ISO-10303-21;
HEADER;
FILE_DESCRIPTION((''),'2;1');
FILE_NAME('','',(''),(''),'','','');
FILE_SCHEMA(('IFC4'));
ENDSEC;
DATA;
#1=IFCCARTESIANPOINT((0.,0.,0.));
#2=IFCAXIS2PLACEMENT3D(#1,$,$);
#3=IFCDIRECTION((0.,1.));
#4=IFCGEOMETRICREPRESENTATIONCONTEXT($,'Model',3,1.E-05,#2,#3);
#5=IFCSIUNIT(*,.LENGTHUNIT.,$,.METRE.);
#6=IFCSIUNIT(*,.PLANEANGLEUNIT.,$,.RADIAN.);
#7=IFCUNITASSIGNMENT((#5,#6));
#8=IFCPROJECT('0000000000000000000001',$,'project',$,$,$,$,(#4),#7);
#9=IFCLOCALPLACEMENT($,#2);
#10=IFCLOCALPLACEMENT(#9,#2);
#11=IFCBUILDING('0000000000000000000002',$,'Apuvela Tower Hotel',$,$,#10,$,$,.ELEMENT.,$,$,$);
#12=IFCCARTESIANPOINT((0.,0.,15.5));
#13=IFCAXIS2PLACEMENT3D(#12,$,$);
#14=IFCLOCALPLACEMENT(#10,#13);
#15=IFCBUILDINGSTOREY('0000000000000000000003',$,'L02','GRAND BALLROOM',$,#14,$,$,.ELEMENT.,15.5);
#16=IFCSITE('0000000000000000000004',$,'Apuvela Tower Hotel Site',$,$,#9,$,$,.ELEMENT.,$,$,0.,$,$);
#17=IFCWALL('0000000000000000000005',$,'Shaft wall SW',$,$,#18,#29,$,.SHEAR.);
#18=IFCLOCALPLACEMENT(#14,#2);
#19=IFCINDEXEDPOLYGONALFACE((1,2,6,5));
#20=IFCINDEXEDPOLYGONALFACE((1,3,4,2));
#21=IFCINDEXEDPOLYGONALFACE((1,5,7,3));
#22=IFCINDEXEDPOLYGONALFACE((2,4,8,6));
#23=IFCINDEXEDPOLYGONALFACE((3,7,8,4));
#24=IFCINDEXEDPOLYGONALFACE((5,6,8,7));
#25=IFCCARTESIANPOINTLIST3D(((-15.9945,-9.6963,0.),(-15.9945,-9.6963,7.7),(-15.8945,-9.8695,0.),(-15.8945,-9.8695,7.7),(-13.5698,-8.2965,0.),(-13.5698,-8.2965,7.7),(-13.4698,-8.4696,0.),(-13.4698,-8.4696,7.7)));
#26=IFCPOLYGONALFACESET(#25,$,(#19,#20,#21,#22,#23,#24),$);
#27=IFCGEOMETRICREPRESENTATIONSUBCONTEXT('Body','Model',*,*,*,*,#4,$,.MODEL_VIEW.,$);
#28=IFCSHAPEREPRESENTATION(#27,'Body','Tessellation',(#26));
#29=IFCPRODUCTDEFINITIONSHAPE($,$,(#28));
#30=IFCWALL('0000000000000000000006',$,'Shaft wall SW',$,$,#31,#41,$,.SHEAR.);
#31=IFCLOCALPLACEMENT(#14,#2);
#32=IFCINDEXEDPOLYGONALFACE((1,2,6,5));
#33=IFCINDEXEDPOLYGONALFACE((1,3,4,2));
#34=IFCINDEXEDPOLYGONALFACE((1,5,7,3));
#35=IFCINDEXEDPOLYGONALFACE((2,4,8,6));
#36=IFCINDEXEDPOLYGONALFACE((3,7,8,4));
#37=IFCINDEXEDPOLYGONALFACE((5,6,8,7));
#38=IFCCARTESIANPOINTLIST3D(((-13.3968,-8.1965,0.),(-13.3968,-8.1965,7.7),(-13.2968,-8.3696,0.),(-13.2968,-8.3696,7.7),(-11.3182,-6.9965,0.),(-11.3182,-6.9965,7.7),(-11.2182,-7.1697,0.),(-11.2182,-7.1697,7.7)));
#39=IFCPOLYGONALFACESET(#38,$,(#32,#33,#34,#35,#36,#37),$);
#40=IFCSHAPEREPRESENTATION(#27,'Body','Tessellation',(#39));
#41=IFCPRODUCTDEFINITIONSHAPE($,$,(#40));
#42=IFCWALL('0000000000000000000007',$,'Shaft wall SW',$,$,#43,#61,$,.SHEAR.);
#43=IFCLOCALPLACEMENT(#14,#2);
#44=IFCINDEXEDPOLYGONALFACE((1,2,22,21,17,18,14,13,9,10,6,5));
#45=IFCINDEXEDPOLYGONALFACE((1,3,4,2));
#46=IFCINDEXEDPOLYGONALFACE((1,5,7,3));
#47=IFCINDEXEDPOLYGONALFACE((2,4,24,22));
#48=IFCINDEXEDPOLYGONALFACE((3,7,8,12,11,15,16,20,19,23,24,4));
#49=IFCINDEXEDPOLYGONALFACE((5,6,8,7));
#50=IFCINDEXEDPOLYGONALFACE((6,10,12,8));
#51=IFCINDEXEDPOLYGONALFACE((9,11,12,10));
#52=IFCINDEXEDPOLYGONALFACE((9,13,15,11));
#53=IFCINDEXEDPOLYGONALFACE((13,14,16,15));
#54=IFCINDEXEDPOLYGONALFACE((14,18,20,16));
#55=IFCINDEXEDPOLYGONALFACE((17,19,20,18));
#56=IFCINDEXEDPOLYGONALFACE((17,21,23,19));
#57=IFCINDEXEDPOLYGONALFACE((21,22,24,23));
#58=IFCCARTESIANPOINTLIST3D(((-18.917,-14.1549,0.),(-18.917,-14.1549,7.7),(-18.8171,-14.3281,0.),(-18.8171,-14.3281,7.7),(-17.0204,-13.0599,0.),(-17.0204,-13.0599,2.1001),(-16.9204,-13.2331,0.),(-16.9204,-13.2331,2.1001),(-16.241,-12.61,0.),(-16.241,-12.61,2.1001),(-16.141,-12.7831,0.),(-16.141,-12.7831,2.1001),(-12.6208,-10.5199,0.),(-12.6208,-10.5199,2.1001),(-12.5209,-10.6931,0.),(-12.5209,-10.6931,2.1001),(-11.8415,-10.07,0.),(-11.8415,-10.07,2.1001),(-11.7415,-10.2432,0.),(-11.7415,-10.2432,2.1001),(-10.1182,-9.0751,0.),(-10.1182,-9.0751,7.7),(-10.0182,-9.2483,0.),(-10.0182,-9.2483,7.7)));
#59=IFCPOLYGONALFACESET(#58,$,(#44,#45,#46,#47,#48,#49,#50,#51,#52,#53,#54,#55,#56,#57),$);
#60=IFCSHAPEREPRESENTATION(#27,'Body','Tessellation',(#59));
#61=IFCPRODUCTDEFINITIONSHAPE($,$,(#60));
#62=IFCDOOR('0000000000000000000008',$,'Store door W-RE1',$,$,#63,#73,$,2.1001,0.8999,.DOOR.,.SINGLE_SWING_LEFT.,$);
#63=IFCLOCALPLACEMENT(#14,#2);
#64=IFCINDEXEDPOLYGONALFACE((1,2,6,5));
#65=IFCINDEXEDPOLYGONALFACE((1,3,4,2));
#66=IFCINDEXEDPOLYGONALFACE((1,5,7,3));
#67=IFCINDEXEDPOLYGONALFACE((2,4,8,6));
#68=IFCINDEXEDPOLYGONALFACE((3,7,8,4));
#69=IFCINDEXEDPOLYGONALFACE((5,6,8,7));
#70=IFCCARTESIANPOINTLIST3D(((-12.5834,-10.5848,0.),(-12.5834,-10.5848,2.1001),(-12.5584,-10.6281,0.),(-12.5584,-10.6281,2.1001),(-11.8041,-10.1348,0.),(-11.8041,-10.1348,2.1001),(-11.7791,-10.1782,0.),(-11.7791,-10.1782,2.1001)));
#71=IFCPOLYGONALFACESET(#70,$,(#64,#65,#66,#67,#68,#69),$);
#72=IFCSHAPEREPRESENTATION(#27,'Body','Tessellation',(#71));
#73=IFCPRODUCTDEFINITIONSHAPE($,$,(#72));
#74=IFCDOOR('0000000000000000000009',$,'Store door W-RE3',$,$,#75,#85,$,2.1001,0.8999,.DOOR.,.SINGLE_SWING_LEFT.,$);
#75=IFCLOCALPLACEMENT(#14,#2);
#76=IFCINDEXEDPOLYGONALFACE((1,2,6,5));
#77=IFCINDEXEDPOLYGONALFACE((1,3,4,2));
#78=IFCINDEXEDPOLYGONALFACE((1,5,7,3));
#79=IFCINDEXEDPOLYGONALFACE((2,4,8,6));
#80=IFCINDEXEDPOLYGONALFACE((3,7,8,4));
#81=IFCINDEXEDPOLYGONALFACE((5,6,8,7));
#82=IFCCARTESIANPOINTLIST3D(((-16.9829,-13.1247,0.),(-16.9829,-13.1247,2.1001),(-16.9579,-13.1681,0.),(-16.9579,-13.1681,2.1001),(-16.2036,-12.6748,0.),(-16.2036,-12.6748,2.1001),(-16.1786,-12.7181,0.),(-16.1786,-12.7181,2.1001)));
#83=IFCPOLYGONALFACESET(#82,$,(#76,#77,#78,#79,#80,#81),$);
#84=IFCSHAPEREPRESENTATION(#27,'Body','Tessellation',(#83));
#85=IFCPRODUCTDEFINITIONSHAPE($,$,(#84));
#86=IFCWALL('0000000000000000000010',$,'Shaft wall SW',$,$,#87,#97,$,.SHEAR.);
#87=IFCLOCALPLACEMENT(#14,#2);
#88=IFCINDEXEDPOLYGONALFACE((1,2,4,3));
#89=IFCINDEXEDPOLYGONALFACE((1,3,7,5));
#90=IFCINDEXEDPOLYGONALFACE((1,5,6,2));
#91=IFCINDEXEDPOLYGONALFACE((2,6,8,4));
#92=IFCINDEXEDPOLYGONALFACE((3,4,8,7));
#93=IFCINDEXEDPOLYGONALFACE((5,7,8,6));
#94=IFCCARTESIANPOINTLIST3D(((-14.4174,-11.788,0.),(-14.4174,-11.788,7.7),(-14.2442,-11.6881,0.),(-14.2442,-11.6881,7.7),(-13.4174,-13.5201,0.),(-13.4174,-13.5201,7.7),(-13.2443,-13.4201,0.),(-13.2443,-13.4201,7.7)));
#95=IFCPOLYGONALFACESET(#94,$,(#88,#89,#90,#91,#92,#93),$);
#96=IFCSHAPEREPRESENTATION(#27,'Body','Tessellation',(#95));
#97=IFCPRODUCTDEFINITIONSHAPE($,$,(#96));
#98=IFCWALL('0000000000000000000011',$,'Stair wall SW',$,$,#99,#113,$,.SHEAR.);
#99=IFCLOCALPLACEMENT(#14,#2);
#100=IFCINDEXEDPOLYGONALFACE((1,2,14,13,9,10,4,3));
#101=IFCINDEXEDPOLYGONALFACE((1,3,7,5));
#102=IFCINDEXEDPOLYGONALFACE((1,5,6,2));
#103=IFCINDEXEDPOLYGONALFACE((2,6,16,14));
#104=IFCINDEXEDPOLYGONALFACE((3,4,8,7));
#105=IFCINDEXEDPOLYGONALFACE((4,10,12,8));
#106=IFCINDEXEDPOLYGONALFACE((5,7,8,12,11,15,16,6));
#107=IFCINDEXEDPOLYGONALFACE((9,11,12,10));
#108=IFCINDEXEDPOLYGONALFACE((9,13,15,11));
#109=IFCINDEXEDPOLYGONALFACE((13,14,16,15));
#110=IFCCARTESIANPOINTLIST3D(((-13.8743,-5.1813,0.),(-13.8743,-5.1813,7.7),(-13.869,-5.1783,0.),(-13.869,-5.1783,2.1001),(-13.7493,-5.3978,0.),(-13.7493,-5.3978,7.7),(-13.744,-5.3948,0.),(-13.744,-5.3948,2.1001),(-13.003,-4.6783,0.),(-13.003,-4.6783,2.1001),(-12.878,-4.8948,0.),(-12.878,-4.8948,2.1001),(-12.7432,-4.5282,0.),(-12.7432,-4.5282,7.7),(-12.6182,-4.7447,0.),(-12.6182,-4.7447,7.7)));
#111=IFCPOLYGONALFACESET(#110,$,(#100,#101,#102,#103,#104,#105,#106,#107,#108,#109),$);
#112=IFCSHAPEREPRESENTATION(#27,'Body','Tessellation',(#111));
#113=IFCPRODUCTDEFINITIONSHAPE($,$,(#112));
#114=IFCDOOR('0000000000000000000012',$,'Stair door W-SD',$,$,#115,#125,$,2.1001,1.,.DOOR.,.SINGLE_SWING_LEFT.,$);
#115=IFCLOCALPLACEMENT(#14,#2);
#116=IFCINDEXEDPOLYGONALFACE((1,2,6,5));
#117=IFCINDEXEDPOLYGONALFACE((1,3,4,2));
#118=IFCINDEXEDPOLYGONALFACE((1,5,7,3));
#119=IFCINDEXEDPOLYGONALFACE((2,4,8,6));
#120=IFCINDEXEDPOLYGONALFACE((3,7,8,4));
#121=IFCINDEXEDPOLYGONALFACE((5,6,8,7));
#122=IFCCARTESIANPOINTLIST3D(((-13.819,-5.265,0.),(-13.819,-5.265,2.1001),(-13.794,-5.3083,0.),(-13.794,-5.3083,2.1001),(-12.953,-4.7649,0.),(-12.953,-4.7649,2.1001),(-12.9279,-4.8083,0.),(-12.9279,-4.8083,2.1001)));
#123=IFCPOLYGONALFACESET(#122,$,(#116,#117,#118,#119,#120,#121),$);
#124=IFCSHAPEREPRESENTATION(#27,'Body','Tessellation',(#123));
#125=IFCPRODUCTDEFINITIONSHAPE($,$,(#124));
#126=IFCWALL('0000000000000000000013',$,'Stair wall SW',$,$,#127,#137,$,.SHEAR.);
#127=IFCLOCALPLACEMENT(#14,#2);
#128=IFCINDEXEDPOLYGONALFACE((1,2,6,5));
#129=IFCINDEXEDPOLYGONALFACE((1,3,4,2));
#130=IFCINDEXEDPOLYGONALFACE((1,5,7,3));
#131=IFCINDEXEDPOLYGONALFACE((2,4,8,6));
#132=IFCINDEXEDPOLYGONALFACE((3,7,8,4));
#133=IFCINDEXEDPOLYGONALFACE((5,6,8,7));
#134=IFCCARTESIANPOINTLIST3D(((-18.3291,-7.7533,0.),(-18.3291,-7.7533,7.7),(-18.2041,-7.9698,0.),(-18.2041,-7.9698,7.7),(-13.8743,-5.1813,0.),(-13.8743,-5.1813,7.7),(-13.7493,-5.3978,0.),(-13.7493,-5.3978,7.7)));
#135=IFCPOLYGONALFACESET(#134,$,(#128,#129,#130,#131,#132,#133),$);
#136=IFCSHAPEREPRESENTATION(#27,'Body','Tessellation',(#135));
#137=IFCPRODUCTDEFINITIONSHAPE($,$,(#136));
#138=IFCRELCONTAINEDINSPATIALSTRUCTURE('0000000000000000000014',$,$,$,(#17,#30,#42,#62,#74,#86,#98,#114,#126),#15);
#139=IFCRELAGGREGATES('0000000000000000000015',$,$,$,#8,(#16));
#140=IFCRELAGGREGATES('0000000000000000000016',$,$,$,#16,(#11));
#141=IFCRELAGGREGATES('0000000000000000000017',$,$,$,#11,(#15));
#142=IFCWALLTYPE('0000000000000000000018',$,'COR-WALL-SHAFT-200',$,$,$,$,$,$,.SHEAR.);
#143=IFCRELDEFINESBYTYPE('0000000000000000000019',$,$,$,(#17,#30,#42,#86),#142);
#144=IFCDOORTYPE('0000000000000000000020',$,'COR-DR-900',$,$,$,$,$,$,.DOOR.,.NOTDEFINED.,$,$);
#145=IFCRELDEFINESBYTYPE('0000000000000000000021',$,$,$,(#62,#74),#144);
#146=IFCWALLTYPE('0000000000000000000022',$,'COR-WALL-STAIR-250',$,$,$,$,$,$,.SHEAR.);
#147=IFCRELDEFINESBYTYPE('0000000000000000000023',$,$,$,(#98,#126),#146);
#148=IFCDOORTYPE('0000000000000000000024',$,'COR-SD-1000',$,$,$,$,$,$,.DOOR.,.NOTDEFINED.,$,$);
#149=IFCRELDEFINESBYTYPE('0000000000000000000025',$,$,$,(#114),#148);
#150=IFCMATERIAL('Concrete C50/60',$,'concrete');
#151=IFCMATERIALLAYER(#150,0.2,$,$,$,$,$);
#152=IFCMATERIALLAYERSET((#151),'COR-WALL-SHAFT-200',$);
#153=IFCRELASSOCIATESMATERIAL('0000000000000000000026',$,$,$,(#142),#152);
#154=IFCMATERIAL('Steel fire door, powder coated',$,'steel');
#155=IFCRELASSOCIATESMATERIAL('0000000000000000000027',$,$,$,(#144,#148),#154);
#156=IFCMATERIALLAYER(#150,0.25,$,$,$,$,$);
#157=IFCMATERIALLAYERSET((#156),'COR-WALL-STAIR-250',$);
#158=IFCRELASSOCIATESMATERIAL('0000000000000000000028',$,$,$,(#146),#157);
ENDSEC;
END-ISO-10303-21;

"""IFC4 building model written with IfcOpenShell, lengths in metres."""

from ifc_helpers import new_model, si_unit, direction, frame, frame_2d, origin, place, context, subcontext, project, spatial, rectangle, extrude, material, layer, layer_set, type_object, element, fill, save


model = new_model("IFC4")

# Units and contexts
model_context = context("Model", 3, precision=1e-05, world=origin(), true_north=direction((0.0, 1.0)))
body_context = subcontext(model_context, "Body", "Model", "MODEL_VIEW")
ifc_project = project(units=[si_unit("LENGTHUNIT", "METRE"), si_unit("PLANEANGLEUNIT", "RADIAN")], contexts=[model_context])

# Site, building, storey
site_placement = place(None, origin())
site = spatial("IfcSite", under=ifc_project, at=site_placement, Name="Apuvela Tower Hotel Site", CompositionType="ELEMENT", RefElevation=0.0)
building_placement = place(site_placement, origin())
building = spatial("IfcBuilding", under=site, at=building_placement, Name="Apuvela Tower Hotel", CompositionType="ELEMENT")
storey_placement = place(building_placement, frame((0.0, 0.0, 15.5)))
storey = spatial("IfcBuildingStorey", under=building, at=storey_placement, Name="L02", Description="GRAND BALLROOM", CompositionType="ELEMENT", Elevation=15.5)

# Shared definitions
ifc_material_1 = material(Name="Concrete C50/60", Category="concrete")

# Shared definitions
ifc_layer_1 = layer(ifc_material_1, 0.2)
ifc_layer_set_1 = layer_set([ifc_layer_1], Name="COR-WALL-SHAFT-200")
wall_type_1 = type_object("IfcWallType", Name="COR-WALL-SHAFT-200", PredefinedType="SHEAR", material=ifc_layer_set_1)

# Walls
wall_1_placement = place(storey_placement, frame((-13.5198, -8.3831, 0.0), z_axis=(0.0, 0.0, 1.0), x_axis=(-0.866035, -0.499984, 0.0)))
element("IfcWall", 1, at=wall_1_placement, inside=storey, type_object=wall_type_1, Name="Shaft wall SW", PredefinedType="SHEAR", context=body_context, shape_type="SweptSolid", body=[
    extrude(rectangle(XDim=2.7998, YDim=0.2, at=frame_2d((1.3999, 0.0))), origin(), (0.0, 0.0, 1.0), 7.7),
])
wall_2_placement = place(storey_placement, frame((-11.2681, -7.083, 0.0), z_axis=(0.0, 0.0, 1.0), x_axis=(-0.86605, -0.499957, 0.0)))
element("IfcWall", 2, at=wall_2_placement, inside=storey, type_object=wall_type_1, Name="Shaft wall SW", PredefinedType="SHEAR", context=body_context, shape_type="SweptSolid", body=[
    extrude(rectangle(XDim=2.4001, YDim=0.2, at=frame_2d((1.2002, 0.0))), origin(), (0.0, 0.0, 1.0), 7.7),
])

# Wall, openings, doors
wall_3_placement = place(storey_placement, frame((-10.0681, -9.1616, 0.0), z_axis=(0.0, 0.0, 1.0), x_axis=(-0.866033, -0.499987, 0.0)))
wall_3 = element("IfcWall", 3, at=wall_3_placement, inside=storey, type_object=wall_type_1, Name="Shaft wall SW", PredefinedType="SHEAR", context=body_context, shape_type="SweptSolid", body=[
    extrude(rectangle(XDim=10.1599, YDim=0.2, at=frame_2d((5.0801, 0.0))), origin(), (0.0, 0.0, 1.0), 7.7),
])
opening_1_placement = place(wall_3_placement, frame((1.99, 0.0, 0.0)))
opening_1 = element("IfcOpeningElement", 4, at=opening_1_placement, cuts=wall_3, PredefinedType="OPENING", context=body_context, shape_type="SweptSolid", body=[
    extrude(rectangle(XDim=0.8999, YDim=2.1001, at=frame_2d((0.45, 1.05))), frame((0.0, 0.1099, 0.0), z_axis=(0.0, -1.0, 0.0), x_axis=(1.0, 0.0, 0.0)), (0.0, 0.0, 1.0), 0.22),
])
opening_2_placement = place(wall_3_placement, frame((7.0701, 0.0, 0.0)))
opening_2 = element("IfcOpeningElement", 5, at=opening_2_placement, cuts=wall_3, PredefinedType="OPENING", context=body_context, shape_type="SweptSolid", body=[
    extrude(rectangle(XDim=0.8999, YDim=2.1001, at=frame_2d((0.45, 1.05))), frame((0.0, 0.1099, 0.0), z_axis=(0.0, -1.0, 0.0), x_axis=(1.0, 0.0, 0.0)), (0.0, 0.0, 1.0), 0.22),
])
ifc_material_2 = material(Name="Steel fire door, powder coated", Category="steel")
door_type_1 = type_object("IfcDoorType", Name="COR-DR-900", OperationType="NOTDEFINED", PredefinedType="DOOR", material=ifc_material_2)
door_1_placement = place(opening_1_placement, origin())
door_1 = element("IfcDoor", 6, at=door_1_placement, inside=storey, type_object=door_type_1, Name="Store door W-RE1", OperationType="SINGLE_SWING_LEFT", OverallHeight=2.1001, OverallWidth=0.8999, PredefinedType="DOOR", context=body_context, shape_type="SweptSolid", body=[
    extrude(rectangle(XDim=0.8999, YDim=2.1001, at=frame_2d((0.45, 1.05))), frame((0.0, 0.0249, 0.0), z_axis=(0.0, -1.0, 0.0), x_axis=(1.0, 0.0, 0.0)), (0.0, 0.0, 1.0), 0.05),
])
fill(opening_1, door_1)
door_2_placement = place(opening_2_placement, origin())
door_2 = element("IfcDoor", 7, at=door_2_placement, inside=storey, type_object=door_type_1, Name="Store door W-RE3", OperationType="SINGLE_SWING_LEFT", OverallHeight=2.1001, OverallWidth=0.8999, PredefinedType="DOOR", context=body_context, shape_type="SweptSolid", body=[
    extrude(rectangle(XDim=0.8999, YDim=2.1001, at=frame_2d((0.45, 1.05))), frame((0.0, 0.0249, 0.0), z_axis=(0.0, -1.0, 0.0), x_axis=(1.0, 0.0, 0.0)), (0.0, 0.0, 1.0), 0.05),
])
fill(opening_2, door_2)

# Wall
wall_4_placement = place(storey_placement, frame((-14.3308, -11.738, 0.0), z_axis=(0.0, 0.0, 1.0), x_axis=(0.499973, -0.866041, 0.0)))
element("IfcWall", 8, at=wall_4_placement, inside=storey, type_object=wall_type_1, Name="Shaft wall SW", PredefinedType="SHEAR", context=body_context, shape_type="SweptSolid", body=[
    extrude(rectangle(XDim=2.0, YDim=0.2, at=frame_2d((1.0, 0.0))), origin(), (0.0, 0.0, 1.0), 7.7),
])

# Wall, opening, door
ifc_layer_2 = layer(ifc_material_1, 0.25)
ifc_layer_set_2 = layer_set([ifc_layer_2], Name="COR-WALL-STAIR-250")
wall_type_2 = type_object("IfcWallType", Name="COR-WALL-STAIR-250", PredefinedType="SHEAR", material=ifc_layer_set_2)
wall_5_placement = place(storey_placement, frame((-12.6807, -4.6365, 0.0), z_axis=(0.0, 0.0, 1.0), x_axis=(-0.866014, -0.500019, 0.0)))
wall_5 = element("IfcWall", 9, at=wall_5_placement, inside=storey, type_object=wall_type_2, Name="Stair wall SW", PredefinedType="SHEAR", context=body_context, shape_type="SweptSolid", body=[
    extrude(rectangle(XDim=1.3062, YDim=0.25, at=frame_2d((0.6531, 0.0))), origin(), (0.0, 0.0, 1.0), 7.7),
])
opening_3_placement = place(wall_5_placement, frame((0.3, 0.0, 0.0)))
opening_3 = element("IfcOpeningElement", 10, at=opening_3_placement, cuts=wall_5, PredefinedType="OPENING", context=body_context, shape_type="SweptSolid", body=[
    extrude(rectangle(XDim=1.0, YDim=2.1001, at=frame_2d((0.5, 1.05))), frame((0.0, 0.135, 0.0), z_axis=(0.0, -1.0, 0.0), x_axis=(1.0, 0.0, 0.0)), (0.0, 0.0, 1.0), 0.27),
])
door_type_2 = type_object("IfcDoorType", Name="COR-SD-1000", OperationType="NOTDEFINED", PredefinedType="DOOR", material=ifc_material_2)
door_3_placement = place(opening_3_placement, frame((1.0, 0.0, 0.0), z_axis=(0.0, 0.0, 1.0), x_axis=(-1.0, 0.0, 0.0)))
door_3 = element("IfcDoor", 11, at=door_3_placement, inside=storey, type_object=door_type_2, Name="Stair door W-SD", OperationType="SINGLE_SWING_LEFT", OverallHeight=2.1001, OverallWidth=1.0, PredefinedType="DOOR", context=body_context, shape_type="SweptSolid", body=[
    extrude(rectangle(XDim=1.0, YDim=2.1001, at=frame_2d((0.5, 1.05))), frame((0.0, 0.0249, 0.0), z_axis=(0.0, -1.0, 0.0), x_axis=(1.0, 0.0, 0.0)), (0.0, 0.0, 1.0), 0.05),
])
fill(opening_3, door_3)

# Wall
wall_6_placement = place(storey_placement, frame((-13.8118, -5.2896, 0.0), z_axis=(0.0, 0.0, 1.0), x_axis=(-0.866024, -0.500003, 0.0)))
element("IfcWall", 12, at=wall_6_placement, inside=storey, type_object=wall_type_2, Name="Stair wall SW", PredefinedType="SHEAR", context=body_context, shape_type="SweptSolid", body=[
    extrude(rectangle(XDim=5.144, YDim=0.25, at=frame_2d((2.572, 0.0))), origin(), (0.0, 0.0, 1.0), 7.7),
])

save(model, "model.ifc")
